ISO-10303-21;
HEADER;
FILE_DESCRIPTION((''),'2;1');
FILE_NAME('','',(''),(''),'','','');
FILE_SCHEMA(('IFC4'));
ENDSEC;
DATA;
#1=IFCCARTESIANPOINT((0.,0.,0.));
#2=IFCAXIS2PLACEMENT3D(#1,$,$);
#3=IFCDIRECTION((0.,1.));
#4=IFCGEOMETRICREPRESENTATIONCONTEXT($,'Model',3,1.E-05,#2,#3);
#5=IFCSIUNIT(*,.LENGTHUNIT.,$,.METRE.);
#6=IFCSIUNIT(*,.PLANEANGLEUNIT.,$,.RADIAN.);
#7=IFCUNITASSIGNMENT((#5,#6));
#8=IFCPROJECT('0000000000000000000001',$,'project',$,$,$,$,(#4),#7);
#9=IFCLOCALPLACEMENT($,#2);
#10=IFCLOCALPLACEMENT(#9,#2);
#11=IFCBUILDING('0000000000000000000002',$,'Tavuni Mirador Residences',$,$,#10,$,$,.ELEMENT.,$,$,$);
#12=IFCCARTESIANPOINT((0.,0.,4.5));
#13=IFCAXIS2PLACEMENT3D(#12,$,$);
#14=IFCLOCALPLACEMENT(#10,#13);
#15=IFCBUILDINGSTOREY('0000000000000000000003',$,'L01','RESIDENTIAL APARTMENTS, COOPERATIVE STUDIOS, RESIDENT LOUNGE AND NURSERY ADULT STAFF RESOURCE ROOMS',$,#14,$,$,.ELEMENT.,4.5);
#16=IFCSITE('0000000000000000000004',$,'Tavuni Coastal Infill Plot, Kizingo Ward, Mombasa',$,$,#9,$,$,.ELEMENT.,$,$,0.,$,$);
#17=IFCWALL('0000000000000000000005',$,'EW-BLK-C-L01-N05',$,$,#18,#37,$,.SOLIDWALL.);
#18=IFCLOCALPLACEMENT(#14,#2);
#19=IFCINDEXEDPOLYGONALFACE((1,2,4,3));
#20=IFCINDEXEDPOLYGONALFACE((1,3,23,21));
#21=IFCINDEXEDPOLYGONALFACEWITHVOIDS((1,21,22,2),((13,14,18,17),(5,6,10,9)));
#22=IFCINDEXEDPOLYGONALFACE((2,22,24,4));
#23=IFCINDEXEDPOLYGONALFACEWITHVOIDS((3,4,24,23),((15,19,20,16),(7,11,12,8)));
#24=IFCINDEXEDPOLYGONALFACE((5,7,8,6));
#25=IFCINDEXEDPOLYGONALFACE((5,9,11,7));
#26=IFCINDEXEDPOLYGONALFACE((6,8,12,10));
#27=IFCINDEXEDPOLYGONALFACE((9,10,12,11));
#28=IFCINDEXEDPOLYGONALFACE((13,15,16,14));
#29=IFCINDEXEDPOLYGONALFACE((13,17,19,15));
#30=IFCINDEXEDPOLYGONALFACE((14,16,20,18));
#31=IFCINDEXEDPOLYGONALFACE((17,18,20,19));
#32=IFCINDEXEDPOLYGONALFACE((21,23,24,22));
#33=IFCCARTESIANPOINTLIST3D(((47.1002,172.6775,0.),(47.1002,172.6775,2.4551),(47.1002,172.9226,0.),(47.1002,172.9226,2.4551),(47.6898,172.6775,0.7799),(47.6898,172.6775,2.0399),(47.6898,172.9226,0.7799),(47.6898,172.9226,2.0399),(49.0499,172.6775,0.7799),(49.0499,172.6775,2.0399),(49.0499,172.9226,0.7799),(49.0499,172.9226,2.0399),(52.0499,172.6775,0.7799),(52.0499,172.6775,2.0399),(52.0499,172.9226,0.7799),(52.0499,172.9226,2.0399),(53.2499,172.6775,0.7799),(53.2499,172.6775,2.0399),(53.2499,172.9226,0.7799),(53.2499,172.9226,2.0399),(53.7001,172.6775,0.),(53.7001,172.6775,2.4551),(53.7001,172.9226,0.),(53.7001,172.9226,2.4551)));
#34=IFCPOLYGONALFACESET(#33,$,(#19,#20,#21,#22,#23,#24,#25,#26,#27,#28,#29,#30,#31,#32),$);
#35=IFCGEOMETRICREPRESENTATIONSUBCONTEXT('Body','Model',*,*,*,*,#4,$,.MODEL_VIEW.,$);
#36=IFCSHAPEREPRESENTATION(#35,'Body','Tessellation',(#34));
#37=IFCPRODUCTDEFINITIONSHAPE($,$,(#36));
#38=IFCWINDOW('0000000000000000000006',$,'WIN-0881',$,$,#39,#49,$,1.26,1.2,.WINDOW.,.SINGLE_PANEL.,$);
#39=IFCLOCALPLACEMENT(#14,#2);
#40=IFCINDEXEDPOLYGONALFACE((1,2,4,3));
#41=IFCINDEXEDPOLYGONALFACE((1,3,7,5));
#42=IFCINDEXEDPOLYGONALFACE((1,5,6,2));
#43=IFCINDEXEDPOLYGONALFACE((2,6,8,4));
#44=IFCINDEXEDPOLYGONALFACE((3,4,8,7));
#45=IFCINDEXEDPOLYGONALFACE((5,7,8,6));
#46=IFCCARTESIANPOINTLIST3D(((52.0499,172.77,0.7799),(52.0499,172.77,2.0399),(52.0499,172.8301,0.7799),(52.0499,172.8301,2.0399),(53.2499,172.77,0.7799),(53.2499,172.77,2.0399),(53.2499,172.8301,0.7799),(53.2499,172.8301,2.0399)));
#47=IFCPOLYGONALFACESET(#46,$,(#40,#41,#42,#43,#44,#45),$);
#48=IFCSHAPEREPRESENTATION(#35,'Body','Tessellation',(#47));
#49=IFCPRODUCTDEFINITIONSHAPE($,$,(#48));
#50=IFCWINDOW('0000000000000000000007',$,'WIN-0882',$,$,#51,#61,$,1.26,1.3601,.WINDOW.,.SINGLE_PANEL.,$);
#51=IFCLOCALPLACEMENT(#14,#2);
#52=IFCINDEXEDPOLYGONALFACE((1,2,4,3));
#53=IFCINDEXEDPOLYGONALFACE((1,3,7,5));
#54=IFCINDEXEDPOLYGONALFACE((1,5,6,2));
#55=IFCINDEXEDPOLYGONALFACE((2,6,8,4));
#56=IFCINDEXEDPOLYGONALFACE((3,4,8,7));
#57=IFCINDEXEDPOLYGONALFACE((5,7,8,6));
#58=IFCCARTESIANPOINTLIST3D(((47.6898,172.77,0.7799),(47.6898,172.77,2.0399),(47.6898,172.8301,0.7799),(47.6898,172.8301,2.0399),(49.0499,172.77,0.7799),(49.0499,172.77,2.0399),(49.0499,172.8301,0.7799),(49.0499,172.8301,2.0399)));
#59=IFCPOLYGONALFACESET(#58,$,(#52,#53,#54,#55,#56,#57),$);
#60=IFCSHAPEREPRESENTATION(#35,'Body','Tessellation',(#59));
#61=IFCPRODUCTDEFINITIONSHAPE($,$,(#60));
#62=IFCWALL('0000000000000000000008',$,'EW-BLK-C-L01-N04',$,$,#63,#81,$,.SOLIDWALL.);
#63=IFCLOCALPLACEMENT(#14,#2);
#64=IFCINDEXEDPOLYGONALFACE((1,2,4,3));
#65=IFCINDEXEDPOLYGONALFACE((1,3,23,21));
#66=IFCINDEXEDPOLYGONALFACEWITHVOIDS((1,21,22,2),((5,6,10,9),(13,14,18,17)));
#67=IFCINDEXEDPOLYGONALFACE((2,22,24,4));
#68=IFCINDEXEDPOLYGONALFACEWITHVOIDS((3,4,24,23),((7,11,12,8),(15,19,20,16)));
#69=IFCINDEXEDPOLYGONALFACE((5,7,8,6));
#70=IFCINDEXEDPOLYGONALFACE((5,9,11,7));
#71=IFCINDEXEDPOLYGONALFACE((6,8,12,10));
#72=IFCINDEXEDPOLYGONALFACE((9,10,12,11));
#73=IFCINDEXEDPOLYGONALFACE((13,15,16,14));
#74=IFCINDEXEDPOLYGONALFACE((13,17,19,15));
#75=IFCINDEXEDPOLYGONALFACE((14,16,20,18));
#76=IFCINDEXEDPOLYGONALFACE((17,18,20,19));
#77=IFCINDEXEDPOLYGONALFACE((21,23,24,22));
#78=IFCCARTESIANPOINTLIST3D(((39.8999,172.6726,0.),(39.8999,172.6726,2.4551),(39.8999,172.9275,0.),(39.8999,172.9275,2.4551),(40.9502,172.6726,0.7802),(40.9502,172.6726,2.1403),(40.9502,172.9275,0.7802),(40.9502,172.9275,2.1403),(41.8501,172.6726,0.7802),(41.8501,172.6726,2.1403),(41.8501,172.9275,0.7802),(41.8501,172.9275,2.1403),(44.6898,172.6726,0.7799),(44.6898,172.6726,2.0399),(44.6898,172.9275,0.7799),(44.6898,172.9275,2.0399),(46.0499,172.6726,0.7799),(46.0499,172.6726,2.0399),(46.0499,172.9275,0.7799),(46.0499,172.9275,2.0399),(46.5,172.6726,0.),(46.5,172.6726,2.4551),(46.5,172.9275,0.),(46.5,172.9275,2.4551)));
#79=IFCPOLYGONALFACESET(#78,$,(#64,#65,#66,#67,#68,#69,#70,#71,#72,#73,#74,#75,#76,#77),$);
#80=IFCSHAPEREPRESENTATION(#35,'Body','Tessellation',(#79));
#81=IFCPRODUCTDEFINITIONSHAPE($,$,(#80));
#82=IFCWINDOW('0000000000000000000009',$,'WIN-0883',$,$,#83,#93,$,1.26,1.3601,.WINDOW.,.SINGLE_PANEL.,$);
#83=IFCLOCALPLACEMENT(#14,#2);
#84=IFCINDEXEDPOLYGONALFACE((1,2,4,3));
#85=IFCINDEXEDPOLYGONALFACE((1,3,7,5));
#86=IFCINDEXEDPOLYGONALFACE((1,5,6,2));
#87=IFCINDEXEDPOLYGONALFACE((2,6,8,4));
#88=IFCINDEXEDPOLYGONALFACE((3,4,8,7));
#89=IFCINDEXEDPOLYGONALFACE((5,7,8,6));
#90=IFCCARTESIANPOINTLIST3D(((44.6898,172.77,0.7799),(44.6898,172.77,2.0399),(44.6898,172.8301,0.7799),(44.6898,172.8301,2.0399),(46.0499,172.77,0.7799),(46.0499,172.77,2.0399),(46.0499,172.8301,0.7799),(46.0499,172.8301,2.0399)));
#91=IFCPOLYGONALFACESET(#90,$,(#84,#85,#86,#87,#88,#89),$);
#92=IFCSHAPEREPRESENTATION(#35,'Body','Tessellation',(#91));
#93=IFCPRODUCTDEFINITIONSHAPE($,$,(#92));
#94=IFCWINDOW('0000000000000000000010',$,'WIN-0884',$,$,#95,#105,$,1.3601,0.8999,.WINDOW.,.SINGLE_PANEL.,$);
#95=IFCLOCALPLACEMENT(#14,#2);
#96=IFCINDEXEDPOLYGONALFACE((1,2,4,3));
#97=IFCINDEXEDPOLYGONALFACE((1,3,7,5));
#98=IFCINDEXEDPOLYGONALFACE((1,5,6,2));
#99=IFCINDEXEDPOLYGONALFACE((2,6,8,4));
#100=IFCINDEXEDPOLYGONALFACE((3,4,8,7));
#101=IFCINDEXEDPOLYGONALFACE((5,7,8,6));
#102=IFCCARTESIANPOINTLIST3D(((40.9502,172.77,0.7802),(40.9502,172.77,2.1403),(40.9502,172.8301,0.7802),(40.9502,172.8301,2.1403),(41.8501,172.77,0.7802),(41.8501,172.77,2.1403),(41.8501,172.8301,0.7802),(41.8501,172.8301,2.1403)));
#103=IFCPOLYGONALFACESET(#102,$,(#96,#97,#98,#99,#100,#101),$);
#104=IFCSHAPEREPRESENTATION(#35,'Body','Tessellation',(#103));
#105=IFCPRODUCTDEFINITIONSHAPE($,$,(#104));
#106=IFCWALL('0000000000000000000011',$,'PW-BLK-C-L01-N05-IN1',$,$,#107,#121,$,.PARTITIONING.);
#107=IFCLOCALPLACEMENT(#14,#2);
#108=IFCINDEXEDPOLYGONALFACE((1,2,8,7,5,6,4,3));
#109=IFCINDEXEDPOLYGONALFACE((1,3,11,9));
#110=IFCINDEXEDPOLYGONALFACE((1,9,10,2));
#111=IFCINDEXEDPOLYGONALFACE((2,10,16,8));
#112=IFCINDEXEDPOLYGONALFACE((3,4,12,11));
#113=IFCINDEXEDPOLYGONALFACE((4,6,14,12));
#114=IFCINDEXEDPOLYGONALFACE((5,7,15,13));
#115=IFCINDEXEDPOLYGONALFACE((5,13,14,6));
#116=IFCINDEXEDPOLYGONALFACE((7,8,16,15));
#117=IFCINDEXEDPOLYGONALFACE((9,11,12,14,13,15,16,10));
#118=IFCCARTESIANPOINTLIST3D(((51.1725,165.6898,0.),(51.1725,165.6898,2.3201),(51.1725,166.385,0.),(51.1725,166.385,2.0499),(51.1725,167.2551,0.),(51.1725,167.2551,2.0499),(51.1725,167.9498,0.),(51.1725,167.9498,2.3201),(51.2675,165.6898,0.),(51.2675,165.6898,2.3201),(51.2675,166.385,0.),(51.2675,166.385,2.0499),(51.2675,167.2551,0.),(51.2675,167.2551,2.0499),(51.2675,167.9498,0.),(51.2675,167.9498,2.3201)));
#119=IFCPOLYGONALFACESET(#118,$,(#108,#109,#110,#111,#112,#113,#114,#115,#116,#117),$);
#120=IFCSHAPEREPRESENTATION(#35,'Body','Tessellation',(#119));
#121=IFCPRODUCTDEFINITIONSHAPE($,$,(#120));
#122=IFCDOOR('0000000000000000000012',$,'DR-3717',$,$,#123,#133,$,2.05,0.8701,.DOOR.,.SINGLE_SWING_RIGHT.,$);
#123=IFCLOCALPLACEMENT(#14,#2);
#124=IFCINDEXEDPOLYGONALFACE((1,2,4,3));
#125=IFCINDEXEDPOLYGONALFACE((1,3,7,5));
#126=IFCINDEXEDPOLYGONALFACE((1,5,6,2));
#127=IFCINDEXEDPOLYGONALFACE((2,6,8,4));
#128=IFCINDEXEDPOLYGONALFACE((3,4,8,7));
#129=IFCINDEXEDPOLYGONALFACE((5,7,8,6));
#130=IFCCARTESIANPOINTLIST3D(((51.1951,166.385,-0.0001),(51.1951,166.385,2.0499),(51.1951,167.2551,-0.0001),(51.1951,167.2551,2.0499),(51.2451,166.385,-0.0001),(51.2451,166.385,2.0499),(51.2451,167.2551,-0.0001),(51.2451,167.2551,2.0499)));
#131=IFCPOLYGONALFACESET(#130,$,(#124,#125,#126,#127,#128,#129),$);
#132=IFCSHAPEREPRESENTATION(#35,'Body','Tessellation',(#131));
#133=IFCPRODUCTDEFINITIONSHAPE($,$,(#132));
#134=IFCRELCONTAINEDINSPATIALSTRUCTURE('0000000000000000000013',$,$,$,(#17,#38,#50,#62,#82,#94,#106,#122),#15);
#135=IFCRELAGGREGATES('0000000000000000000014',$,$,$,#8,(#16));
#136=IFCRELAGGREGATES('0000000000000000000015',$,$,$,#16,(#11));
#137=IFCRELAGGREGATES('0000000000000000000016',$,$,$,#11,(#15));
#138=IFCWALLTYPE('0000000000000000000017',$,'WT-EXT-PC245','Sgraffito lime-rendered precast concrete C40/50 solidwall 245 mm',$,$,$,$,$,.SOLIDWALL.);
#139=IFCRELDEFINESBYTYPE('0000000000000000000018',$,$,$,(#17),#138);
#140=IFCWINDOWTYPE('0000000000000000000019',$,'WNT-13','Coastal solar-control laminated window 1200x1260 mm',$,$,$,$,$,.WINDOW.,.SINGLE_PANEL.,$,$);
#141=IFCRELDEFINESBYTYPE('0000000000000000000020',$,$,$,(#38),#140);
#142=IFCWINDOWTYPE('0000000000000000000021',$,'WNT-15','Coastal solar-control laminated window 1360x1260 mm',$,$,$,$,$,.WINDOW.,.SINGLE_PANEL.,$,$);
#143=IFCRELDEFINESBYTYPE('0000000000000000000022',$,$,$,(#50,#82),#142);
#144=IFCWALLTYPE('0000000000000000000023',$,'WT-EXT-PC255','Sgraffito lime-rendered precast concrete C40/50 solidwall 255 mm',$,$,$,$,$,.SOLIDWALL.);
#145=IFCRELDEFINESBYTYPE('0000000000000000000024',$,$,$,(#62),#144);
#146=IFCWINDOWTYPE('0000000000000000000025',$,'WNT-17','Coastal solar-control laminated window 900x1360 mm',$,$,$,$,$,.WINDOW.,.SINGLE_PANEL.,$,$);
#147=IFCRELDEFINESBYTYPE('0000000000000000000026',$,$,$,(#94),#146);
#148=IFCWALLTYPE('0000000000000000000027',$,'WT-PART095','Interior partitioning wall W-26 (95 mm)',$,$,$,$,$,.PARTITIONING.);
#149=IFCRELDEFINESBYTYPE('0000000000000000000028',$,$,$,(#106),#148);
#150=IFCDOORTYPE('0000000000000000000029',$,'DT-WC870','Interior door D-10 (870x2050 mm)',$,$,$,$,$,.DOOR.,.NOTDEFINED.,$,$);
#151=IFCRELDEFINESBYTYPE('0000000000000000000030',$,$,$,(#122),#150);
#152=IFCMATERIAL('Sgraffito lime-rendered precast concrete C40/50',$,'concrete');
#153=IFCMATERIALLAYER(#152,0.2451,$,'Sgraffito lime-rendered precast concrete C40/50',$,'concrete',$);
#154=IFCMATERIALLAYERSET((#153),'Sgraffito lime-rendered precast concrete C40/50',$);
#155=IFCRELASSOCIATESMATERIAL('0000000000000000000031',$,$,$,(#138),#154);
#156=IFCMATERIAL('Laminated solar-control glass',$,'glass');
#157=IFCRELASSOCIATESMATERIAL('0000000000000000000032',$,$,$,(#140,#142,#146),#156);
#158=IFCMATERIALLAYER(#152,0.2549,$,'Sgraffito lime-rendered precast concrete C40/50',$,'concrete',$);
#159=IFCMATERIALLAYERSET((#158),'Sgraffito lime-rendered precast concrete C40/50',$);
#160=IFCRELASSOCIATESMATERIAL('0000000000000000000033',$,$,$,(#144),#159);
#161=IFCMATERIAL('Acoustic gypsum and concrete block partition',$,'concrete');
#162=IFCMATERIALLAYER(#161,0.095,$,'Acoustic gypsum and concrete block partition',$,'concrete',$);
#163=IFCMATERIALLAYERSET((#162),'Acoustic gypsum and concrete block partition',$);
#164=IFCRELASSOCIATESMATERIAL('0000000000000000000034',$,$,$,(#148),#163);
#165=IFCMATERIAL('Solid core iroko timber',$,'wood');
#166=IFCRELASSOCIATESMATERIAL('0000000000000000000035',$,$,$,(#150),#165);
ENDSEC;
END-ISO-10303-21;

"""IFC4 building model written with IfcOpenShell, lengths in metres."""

from ifc_helpers import new_model, si_unit, direction, frame, frame_2d, origin, place, context, subcontext, project, spatial, rectangle, extrude, material, layer, layer_set, type_object, element, fill, save


model = new_model("IFC4")

# Units and contexts
model_context = context("Model", 3, precision=1e-05, world=origin(), true_north=direction((0.0, 1.0)))
body_context = subcontext(model_context, "Body", "Model", "MODEL_VIEW")
ifc_project = project(units=[si_unit("LENGTHUNIT", "METRE"), si_unit("PLANEANGLEUNIT", "RADIAN")], contexts=[model_context])

# Site, building, storey
site_placement = place(None, origin())
site = spatial("IfcSite", under=ifc_project, at=site_placement, Name="Tavuni Coastal Infill Plot, Kizingo Ward, Mombasa", CompositionType="ELEMENT", RefElevation=0.0)
building_placement = place(site_placement, origin())
building = spatial("IfcBuilding", under=site, at=building_placement, Name="Tavuni Mirador Residences", CompositionType="ELEMENT")
storey_placement = place(building_placement, frame((0.0, 0.0, 4.5)))
storey = spatial("IfcBuildingStorey", under=building, at=storey_placement, Name="L01", Description="RESIDENTIAL APARTMENTS, COOPERATIVE STUDIOS, RESIDENT LOUNGE AND NURSERY ADULT STAFF RESOURCE ROOMS", CompositionType="ELEMENT", Elevation=4.5)

# Shared definitions
ifc_material_1 = material(Name="Solid core iroko timber", Category="wood")

# Walls, openings, windows
ifc_material_2 = material(Name="Sgraffito lime-rendered precast concrete C40/50", Category="concrete")
ifc_layer_1 = layer(ifc_material_2, 0.2451, Name="Sgraffito lime-rendered precast concrete C40/50", Category="concrete")
ifc_layer_set_1 = layer_set([ifc_layer_1], Name="Sgraffito lime-rendered precast concrete C40/50")
wall_type_1 = type_object("IfcWallType", Name="WT-EXT-PC245", Description="Sgraffito lime-rendered precast concrete C40/50 solidwall 245 mm", PredefinedType="SOLIDWALL", material=ifc_layer_set_1)
wall_1_placement = place(storey_placement, frame((53.7, 172.8, 0.0), z_axis=(0.0, 0.0, 1.0), x_axis=(-1.0, 0.0, 0.0)))
wall_1 = element("IfcWall", 1, at=wall_1_placement, inside=storey, type_object=wall_type_1, Name="EW-BLK-C-L01-N05", PredefinedType="SOLIDWALL", context=body_context, shape_type="SweptSolid", body=[
    extrude(rectangle(XDim=6.5999, YDim=0.2451, at=frame_2d((3.2998, 0.0))), origin(), (0.0, 0.0, 1.0), 2.4551),
])
opening_1_placement = place(wall_1_placement, frame((0.45, 0.0, 0.78)))
opening_1 = element("IfcOpeningElement", 2, at=opening_1_placement, cuts=wall_1, PredefinedType="OPENING", context=body_context, shape_type="SweptSolid", body=[
    extrude(rectangle(XDim=1.2, YDim=1.26, at=frame_2d((0.6001, 0.6299))), frame((0.0, 0.1326, 0.0), z_axis=(0.0, -1.0, 0.0), x_axis=(1.0, 0.0, 0.0)), (0.0, 0.0, 1.0), 0.2651),
])
opening_2_placement = place(wall_1_placement, frame((4.6499, 0.0, 0.78)))
opening_2 = element("IfcOpeningElement", 3, at=opening_2_placement, cuts=wall_1, PredefinedType="OPENING", context=body_context, shape_type="SweptSolid", body=[
    extrude(rectangle(XDim=1.3601, YDim=1.26, at=frame_2d((0.6802, 0.6299))), frame((0.0, 0.1326, 0.0), z_axis=(0.0, -1.0, 0.0), x_axis=(1.0, 0.0, 0.0)), (0.0, 0.0, 1.0), 0.2651),
])
ifc_material_3 = material(Name="Laminated solar-control glass", Category="glass")
window_type_1 = type_object("IfcWindowType", Name="WNT-13", Description="Coastal solar-control laminated window 1200x1260 mm", PartitioningType="SINGLE_PANEL", PredefinedType="WINDOW", material=ifc_material_3)
window_1_placement = place(opening_1_placement, origin())
window_1 = element("IfcWindow", 4, at=window_1_placement, inside=storey, type_object=window_type_1, Name="WIN-0881", OverallHeight=1.26, OverallWidth=1.2, PartitioningType="SINGLE_PANEL", PredefinedType="WINDOW", context=body_context, shape_type="SweptSolid", body=[
    extrude(rectangle(XDim=1.2, YDim=1.26, at=frame_2d((0.6001, 0.6299))), frame((0.0, 0.03, 0.0), z_axis=(0.0, -1.0, 0.0), x_axis=(1.0, 0.0, 0.0)), (0.0, 0.0, 1.0), 0.0601),
])
fill(opening_1, window_1)
window_type_2 = type_object("IfcWindowType", Name="WNT-15", Description="Coastal solar-control laminated window 1360x1260 mm", PartitioningType="SINGLE_PANEL", PredefinedType="WINDOW", material=ifc_material_3)
window_2_placement = place(opening_2_placement, origin())
window_2 = element("IfcWindow", 5, at=window_2_placement, inside=storey, type_object=window_type_2, Name="WIN-0882", OverallHeight=1.26, OverallWidth=1.3601, PartitioningType="SINGLE_PANEL", PredefinedType="WINDOW", context=body_context, shape_type="SweptSolid", body=[
    extrude(rectangle(XDim=1.3601, YDim=1.26, at=frame_2d((0.6802, 0.6299))), frame((0.0, 0.03, 0.0), z_axis=(0.0, -1.0, 0.0), x_axis=(1.0, 0.0, 0.0)), (0.0, 0.0, 1.0), 0.0601),
])
fill(opening_2, window_2)
ifc_layer_2 = layer(ifc_material_2, 0.2549, Name="Sgraffito lime-rendered precast concrete C40/50", Category="concrete")
ifc_layer_set_2 = layer_set([ifc_layer_2], Name="Sgraffito lime-rendered precast concrete C40/50")
wall_type_2 = type_object("IfcWallType", Name="WT-EXT-PC255", Description="Sgraffito lime-rendered precast concrete C40/50 solidwall 255 mm", PredefinedType="SOLIDWALL", material=ifc_layer_set_2)
wall_2_placement = place(storey_placement, frame((46.5, 172.8, 0.0), z_axis=(0.0, 0.0, 1.0), x_axis=(-1.0, 0.0, 0.0)))
wall_2 = element("IfcWall", 6, at=wall_2_placement, inside=storey, type_object=wall_type_2, Name="EW-BLK-C-L01-N04", PredefinedType="SOLIDWALL", context=body_context, shape_type="SweptSolid", body=[
    extrude(rectangle(XDim=6.6001, YDim=0.2549, at=frame_2d((3.3, 0.0))), origin(), (0.0, 0.0, 1.0), 2.4551),
])
opening_3_placement = place(wall_2_placement, frame((0.45, 0.0, 0.78)))
opening_3 = element("IfcOpeningElement", 7, at=opening_3_placement, cuts=wall_2, PredefinedType="OPENING", context=body_context, shape_type="SweptSolid", body=[
    extrude(rectangle(XDim=1.3601, YDim=1.26, at=frame_2d((0.6802, 0.6299))), frame((0.0, 0.1375, 0.0), z_axis=(0.0, -1.0, 0.0), x_axis=(1.0, 0.0, 0.0)), (0.0, 0.0, 1.0), 0.2749),
])
opening_4_placement = place(wall_2_placement, frame((4.6499, 0.0, 0.78)))
opening_4 = element("IfcOpeningElement", 8, at=opening_4_placement, cuts=wall_2, PredefinedType="OPENING", context=body_context, shape_type="SweptSolid", body=[
    extrude(rectangle(XDim=0.8999, YDim=1.3601, at=frame_2d((0.45, 0.6802))), frame((0.0, 0.1375, 0.0), z_axis=(0.0, -1.0, 0.0), x_axis=(1.0, 0.0, 0.0)), (0.0, 0.0, 1.0), 0.2749),
])
window_3_placement = place(opening_3_placement, origin())
window_3 = element("IfcWindow", 9, at=window_3_placement, inside=storey, type_object=window_type_2, Name="WIN-0883", OverallHeight=1.26, OverallWidth=1.3601, PartitioningType="SINGLE_PANEL", PredefinedType="WINDOW", context=body_context, shape_type="SweptSolid", body=[
    extrude(rectangle(XDim=1.3601, YDim=1.26, at=frame_2d((0.6802, 0.6299))), frame((0.0, 0.03, 0.0), z_axis=(0.0, -1.0, 0.0), x_axis=(1.0, 0.0, 0.0)), (0.0, 0.0, 1.0), 0.0601),
])
fill(opening_3, window_3)
window_type_3 = type_object("IfcWindowType", Name="WNT-17", Description="Coastal solar-control laminated window 900x1360 mm", PartitioningType="SINGLE_PANEL", PredefinedType="WINDOW", material=ifc_material_3)
window_4_placement = place(opening_4_placement, origin())
window_4 = element("IfcWindow", 10, at=window_4_placement, inside=storey, type_object=window_type_3, Name="WIN-0884", OverallHeight=1.3601, OverallWidth=0.8999, PartitioningType="SINGLE_PANEL", PredefinedType="WINDOW", context=body_context, shape_type="SweptSolid", body=[
    extrude(rectangle(XDim=0.8999, YDim=1.3601, at=frame_2d((0.45, 0.6802))), frame((0.0, 0.03, 0.0), z_axis=(0.0, -1.0, 0.0), x_axis=(1.0, 0.0, 0.0)), (0.0, 0.0, 1.0), 0.0601),
])
fill(opening_4, window_4)

# Wall, opening, door
ifc_material_4 = material(Name="Acoustic gypsum and concrete block partition", Category="concrete")
ifc_layer_3 = layer(ifc_material_4, 0.095, Name="Acoustic gypsum and concrete block partition", Category="concrete")
ifc_layer_set_3 = layer_set([ifc_layer_3], Name="Acoustic gypsum and concrete block partition")
wall_type_3 = type_object("IfcWallType", Name="WT-PART095", Description="Interior partitioning wall W-26 (95 mm)", PredefinedType="PARTITIONING", material=ifc_layer_set_3)
wall_3_placement = place(storey_placement, frame((51.22, 165.6899, 0.0), z_axis=(0.0, 0.0, 1.0), x_axis=(0.0, 1.0, 0.0)))
wall_3 = element("IfcWall", 11, at=wall_3_placement, inside=storey, type_object=wall_type_3, Name="PW-BLK-C-L01-N05-IN1", PredefinedType="PARTITIONING", context=body_context, shape_type="SweptSolid", body=[
    extrude(rectangle(XDim=2.26, YDim=0.095, at=frame_2d((1.1299, 0.0))), origin(), (0.0, 0.0, 1.0), 2.3201),
])
opening_5_placement = place(wall_3_placement, frame((0.6951, 0.0, 0.0)))
opening_5 = element("IfcOpeningElement", 12, at=opening_5_placement, cuts=wall_3, PredefinedType="OPENING", context=body_context, shape_type="SweptSolid", body=[
    extrude(rectangle(XDim=0.8701, YDim=2.05, at=frame_2d((0.4351, 1.0249))), frame((0.0, 0.0576, 0.0), z_axis=(0.0, -1.0, 0.0), x_axis=(1.0, 0.0, 0.0)), (0.0, 0.0, 1.0), 0.115),
])
door_type_1 = type_object("IfcDoorType", Name="DT-WC870", Description="Interior door D-10 (870x2050 mm)", OperationType="NOTDEFINED", PredefinedType="DOOR", material=ifc_material_1)
door_1_placement = place(opening_5_placement, origin())
door_1 = element("IfcDoor", 13, at=door_1_placement, inside=storey, type_object=door_type_1, Name="DR-3717", OperationType="SINGLE_SWING_RIGHT", OverallHeight=2.05, OverallWidth=0.8701, PredefinedType="DOOR", context=body_context, shape_type="SweptSolid", body=[
    extrude(rectangle(XDim=0.8701, YDim=2.05, at=frame_2d((0.4351, 1.0249))), frame((0.0, 0.0249, 0.0), z_axis=(0.0, -1.0, 0.0), x_axis=(1.0, 0.0, 0.0)), (0.0, 0.0, 1.0), 0.05),
])
fill(opening_5, door_1)

save(model, "model.ifc")
